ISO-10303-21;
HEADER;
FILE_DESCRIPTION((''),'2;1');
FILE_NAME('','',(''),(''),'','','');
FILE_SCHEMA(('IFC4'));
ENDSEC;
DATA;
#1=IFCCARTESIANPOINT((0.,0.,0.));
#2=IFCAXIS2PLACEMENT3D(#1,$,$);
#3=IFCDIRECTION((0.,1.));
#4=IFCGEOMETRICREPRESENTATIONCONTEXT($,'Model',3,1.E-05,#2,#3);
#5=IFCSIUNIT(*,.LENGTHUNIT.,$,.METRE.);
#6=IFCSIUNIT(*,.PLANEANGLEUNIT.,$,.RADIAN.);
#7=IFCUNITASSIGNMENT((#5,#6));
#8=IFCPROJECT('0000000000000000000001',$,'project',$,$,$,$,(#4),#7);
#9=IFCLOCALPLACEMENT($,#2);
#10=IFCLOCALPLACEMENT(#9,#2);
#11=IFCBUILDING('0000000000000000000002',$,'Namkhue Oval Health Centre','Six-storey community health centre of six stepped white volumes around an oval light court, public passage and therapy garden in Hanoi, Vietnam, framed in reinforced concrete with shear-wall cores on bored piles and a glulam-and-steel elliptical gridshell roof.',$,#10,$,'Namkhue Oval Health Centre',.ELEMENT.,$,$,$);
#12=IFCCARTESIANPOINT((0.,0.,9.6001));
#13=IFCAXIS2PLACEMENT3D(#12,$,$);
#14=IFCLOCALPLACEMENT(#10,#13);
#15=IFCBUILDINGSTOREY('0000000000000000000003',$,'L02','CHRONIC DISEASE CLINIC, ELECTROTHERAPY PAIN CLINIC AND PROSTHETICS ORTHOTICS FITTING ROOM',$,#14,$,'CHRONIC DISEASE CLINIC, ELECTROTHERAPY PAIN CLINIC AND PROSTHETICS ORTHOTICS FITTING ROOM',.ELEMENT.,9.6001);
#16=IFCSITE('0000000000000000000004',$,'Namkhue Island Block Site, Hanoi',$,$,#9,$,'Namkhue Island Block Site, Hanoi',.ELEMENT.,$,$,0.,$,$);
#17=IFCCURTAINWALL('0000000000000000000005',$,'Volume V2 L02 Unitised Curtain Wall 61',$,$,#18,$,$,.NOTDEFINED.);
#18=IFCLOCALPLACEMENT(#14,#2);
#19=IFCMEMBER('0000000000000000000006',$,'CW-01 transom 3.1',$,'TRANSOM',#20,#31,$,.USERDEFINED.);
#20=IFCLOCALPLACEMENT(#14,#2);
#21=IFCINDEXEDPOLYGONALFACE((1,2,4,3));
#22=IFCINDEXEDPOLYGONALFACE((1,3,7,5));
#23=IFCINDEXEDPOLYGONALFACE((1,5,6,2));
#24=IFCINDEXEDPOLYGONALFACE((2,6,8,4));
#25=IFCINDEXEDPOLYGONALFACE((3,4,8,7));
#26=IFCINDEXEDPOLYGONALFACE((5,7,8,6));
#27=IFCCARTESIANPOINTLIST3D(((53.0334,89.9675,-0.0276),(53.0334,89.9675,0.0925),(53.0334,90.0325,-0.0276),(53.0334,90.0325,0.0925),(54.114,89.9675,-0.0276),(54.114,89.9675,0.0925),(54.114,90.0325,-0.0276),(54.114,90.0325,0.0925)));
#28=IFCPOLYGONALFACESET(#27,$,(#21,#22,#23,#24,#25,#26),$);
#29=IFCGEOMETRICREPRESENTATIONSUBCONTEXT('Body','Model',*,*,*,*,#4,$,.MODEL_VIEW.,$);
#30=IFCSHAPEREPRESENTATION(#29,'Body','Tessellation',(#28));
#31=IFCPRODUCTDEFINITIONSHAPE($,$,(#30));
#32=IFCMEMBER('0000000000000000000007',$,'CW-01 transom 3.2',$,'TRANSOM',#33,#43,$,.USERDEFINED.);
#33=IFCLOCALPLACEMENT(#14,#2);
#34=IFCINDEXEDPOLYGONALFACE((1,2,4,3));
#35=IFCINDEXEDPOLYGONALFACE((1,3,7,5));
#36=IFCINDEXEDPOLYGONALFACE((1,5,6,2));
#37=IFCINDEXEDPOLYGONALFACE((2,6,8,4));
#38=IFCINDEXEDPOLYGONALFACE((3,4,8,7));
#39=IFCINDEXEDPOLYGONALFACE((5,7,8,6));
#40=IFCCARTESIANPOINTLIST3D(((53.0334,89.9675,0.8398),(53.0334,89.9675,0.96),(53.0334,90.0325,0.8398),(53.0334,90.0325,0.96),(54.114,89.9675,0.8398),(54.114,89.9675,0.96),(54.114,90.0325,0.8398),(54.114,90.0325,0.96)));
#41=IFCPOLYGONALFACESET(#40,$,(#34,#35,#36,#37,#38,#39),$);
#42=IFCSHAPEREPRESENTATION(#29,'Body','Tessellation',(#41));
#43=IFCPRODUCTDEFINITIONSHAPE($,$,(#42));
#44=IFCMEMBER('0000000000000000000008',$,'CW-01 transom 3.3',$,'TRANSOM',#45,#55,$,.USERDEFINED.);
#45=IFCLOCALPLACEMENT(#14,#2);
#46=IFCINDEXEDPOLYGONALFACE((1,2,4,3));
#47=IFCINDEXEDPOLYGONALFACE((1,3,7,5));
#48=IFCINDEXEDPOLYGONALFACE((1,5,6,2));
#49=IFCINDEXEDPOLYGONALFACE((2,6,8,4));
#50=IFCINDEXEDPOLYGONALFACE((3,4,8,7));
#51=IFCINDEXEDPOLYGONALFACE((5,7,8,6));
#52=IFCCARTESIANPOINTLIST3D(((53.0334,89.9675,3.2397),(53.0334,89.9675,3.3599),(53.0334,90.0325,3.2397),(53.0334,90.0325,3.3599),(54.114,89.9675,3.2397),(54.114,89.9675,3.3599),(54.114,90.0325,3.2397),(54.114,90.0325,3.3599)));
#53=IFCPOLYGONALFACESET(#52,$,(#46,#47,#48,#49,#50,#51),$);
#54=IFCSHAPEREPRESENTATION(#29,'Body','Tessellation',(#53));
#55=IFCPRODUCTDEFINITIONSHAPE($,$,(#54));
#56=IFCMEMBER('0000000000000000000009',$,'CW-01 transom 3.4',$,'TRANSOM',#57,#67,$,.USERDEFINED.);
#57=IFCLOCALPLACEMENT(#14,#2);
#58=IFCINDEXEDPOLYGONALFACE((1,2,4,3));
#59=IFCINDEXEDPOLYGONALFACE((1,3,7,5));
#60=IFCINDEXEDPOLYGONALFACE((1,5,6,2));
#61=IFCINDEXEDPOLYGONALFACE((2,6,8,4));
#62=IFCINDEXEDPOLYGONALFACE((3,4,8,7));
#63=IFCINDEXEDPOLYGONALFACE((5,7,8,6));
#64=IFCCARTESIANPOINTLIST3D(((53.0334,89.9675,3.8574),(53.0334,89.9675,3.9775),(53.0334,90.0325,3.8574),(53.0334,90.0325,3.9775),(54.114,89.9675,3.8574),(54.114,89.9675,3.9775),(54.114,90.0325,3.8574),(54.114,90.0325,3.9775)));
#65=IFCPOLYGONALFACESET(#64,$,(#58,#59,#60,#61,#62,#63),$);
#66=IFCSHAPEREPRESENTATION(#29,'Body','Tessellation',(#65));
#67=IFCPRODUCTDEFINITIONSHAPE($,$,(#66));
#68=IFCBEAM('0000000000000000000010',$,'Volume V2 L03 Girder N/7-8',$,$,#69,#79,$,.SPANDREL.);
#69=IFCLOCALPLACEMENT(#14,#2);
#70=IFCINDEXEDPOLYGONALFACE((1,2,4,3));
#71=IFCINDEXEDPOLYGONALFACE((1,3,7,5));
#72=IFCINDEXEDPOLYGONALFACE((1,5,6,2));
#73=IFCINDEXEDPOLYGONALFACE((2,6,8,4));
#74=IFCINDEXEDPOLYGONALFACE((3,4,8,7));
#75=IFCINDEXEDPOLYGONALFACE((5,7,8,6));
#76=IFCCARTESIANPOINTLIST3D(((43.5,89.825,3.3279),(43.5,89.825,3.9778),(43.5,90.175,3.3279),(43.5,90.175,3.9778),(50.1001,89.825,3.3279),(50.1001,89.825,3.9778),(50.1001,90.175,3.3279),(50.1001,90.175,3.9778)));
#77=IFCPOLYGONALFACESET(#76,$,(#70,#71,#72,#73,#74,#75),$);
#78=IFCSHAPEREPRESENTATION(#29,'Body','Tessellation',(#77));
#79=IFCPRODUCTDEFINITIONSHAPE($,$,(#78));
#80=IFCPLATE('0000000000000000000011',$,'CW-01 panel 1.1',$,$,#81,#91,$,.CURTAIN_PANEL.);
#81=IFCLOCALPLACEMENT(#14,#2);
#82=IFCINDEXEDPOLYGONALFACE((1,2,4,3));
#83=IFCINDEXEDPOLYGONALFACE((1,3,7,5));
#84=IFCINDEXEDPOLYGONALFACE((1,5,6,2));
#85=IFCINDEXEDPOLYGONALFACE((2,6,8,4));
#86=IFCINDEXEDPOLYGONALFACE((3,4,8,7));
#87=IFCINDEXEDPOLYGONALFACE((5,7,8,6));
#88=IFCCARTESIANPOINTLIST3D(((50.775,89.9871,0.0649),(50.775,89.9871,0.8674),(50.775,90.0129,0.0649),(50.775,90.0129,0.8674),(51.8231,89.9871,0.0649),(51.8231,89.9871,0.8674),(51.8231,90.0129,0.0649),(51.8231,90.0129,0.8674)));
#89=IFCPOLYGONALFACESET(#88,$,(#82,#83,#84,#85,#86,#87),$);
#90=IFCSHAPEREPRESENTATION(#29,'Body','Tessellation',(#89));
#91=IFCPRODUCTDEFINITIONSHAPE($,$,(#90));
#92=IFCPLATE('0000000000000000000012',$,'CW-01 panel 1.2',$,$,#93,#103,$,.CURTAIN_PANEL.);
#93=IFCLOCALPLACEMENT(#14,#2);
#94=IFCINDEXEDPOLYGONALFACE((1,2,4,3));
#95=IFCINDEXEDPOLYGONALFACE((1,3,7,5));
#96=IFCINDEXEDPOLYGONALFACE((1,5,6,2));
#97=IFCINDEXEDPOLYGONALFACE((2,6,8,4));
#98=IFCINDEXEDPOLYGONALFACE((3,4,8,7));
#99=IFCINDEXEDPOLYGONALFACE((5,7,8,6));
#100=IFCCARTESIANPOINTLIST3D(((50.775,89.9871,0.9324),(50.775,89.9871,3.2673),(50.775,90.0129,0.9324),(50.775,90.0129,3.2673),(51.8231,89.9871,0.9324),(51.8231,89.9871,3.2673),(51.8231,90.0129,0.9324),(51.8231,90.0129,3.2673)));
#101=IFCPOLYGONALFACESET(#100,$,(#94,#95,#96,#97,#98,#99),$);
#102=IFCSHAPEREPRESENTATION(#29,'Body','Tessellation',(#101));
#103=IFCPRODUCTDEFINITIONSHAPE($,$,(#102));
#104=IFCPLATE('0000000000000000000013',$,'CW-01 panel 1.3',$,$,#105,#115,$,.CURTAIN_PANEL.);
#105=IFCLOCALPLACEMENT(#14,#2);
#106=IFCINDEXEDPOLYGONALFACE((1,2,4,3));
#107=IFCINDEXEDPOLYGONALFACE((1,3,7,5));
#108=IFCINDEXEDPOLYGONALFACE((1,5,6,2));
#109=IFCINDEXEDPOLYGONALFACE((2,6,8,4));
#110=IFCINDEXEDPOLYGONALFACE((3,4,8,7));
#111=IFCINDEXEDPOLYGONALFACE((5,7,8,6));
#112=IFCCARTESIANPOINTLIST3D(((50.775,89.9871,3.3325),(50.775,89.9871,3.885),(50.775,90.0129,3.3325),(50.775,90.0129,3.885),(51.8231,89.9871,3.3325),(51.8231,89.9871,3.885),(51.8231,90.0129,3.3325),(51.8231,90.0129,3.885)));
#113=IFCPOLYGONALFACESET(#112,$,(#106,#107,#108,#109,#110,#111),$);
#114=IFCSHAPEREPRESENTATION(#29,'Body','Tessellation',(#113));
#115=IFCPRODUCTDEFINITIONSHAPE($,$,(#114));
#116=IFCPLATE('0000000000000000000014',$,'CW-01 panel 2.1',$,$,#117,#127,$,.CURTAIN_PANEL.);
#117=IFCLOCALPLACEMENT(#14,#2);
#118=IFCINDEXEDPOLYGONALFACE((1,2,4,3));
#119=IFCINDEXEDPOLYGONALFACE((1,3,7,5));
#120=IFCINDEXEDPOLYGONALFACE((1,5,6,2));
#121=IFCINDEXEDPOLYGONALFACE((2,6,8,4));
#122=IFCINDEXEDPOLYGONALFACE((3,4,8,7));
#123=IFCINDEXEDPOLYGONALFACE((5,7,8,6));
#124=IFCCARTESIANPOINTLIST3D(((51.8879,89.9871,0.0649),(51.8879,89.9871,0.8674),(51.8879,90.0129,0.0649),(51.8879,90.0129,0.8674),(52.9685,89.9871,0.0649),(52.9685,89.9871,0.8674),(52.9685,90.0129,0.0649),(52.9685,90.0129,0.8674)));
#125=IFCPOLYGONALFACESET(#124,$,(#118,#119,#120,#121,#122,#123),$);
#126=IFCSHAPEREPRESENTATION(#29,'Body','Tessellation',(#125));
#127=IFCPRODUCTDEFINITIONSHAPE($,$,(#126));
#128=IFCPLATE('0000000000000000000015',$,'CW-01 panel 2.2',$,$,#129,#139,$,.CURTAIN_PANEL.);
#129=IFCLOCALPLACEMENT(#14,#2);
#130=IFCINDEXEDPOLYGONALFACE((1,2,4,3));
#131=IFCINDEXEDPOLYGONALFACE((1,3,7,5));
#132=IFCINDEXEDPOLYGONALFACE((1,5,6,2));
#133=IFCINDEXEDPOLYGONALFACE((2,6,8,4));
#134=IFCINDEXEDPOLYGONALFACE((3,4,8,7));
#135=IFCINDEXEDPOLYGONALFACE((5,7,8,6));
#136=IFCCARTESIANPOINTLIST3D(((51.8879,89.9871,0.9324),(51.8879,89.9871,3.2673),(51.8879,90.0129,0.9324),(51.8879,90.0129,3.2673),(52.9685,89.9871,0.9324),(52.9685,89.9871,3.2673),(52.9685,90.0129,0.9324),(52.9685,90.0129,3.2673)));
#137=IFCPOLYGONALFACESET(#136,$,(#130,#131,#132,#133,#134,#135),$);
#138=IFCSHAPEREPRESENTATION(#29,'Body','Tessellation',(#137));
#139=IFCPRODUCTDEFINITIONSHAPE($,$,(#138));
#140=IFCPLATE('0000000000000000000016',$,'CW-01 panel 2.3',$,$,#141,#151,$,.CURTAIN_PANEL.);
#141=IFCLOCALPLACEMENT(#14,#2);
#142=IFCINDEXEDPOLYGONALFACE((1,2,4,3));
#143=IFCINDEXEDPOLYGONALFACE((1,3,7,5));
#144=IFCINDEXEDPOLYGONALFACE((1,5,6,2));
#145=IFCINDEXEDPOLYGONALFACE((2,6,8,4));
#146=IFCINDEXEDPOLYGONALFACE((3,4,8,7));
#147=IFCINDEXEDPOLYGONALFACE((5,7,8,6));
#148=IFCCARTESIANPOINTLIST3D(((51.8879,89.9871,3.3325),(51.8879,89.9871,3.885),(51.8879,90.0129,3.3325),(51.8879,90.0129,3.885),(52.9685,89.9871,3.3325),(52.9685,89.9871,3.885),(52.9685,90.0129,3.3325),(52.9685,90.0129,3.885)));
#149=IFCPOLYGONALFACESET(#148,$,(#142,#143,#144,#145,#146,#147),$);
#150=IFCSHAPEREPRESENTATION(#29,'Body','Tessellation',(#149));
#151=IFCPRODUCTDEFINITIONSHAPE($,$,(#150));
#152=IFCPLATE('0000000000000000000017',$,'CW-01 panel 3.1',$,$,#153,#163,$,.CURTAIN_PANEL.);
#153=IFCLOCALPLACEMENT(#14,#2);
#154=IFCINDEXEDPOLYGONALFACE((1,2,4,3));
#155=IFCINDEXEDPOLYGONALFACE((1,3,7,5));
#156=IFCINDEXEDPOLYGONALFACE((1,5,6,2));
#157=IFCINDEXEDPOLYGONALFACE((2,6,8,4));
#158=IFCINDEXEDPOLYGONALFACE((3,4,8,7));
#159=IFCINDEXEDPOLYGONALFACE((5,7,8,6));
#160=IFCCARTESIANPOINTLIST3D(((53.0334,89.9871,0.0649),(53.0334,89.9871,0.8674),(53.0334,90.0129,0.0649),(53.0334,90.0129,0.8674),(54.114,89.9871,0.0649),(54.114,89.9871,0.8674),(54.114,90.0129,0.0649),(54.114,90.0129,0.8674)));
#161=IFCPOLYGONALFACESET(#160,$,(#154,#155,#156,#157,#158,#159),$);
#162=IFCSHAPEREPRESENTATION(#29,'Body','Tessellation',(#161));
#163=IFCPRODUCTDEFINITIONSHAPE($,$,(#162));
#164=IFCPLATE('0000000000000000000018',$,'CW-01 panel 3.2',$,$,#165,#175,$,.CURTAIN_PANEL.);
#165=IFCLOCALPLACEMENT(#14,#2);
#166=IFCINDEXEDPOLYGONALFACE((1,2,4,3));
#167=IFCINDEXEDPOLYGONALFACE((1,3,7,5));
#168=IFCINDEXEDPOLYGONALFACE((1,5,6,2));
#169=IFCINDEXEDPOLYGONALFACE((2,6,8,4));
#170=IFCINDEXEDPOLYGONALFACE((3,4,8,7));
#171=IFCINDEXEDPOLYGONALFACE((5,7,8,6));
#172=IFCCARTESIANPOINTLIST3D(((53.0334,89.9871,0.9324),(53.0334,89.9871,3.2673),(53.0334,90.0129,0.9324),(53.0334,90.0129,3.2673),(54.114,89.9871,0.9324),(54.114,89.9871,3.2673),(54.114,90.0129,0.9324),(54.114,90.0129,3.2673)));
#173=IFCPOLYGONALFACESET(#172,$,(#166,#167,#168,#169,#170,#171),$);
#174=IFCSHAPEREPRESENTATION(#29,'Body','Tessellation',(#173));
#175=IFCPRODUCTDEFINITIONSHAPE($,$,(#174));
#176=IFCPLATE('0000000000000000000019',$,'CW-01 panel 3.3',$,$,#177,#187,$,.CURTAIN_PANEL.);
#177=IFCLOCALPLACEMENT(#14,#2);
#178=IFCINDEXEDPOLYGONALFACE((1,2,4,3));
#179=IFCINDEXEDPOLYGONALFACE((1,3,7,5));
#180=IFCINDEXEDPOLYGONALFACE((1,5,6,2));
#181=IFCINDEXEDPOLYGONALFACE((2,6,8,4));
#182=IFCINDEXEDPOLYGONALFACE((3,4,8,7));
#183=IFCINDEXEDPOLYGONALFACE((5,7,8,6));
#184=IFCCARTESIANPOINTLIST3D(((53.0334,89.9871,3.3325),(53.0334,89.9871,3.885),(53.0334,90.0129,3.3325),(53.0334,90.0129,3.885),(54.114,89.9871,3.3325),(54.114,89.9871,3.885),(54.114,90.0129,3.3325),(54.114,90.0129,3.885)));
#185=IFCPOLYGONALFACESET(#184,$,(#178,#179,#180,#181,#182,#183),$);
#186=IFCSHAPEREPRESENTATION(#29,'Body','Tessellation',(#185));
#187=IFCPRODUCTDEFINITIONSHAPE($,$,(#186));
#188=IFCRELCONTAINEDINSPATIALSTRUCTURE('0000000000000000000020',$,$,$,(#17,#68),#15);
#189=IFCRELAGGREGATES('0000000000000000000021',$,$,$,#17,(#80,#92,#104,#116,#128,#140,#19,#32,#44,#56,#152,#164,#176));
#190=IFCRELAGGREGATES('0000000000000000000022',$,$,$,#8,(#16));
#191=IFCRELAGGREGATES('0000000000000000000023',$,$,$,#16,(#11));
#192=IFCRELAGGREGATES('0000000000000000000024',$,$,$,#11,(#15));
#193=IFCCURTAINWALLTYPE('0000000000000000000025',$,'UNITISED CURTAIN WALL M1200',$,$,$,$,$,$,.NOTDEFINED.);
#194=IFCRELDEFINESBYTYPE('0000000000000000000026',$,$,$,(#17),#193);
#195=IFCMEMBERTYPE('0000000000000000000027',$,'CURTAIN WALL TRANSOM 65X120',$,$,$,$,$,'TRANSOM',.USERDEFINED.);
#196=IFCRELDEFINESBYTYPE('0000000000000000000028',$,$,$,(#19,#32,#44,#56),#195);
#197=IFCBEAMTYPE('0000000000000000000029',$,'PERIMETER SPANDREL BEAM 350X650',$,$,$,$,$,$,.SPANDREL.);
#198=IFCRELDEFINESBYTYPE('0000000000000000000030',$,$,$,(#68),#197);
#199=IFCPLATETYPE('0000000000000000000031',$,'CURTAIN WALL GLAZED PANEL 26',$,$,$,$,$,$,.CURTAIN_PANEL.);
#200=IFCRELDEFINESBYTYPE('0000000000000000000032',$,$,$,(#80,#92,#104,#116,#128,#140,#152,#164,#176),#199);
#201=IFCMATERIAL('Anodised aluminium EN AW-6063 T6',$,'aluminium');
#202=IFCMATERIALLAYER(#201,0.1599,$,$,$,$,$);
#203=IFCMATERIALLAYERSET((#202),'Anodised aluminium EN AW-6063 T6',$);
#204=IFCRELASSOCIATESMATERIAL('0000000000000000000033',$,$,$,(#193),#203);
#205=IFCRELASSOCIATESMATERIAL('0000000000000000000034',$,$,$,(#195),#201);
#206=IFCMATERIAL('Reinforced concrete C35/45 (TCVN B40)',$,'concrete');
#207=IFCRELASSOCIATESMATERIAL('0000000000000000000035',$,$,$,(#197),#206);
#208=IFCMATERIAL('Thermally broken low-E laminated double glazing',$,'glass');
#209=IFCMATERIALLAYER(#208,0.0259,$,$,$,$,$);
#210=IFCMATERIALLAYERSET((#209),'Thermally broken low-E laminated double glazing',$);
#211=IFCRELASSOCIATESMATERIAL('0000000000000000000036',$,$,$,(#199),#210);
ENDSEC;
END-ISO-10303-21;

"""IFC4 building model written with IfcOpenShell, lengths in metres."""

from ifc_helpers import new_model, si_unit, direction, frame, origin, origin_2d, place, context, subcontext, project, spatial, rectangle, extrude, material, layer, layer_set, material_profile, profile_set, type_object, element, aggregate, save


model = new_model("IFC4")

# Units and contexts
model_context = context("Model", 3, precision=1e-05, world=origin(), true_north=direction((0.0, 1.0)))
body_context = subcontext(model_context, "Body", "Model", "MODEL_VIEW")
ifc_project = project(units=[si_unit("LENGTHUNIT", "METRE"), si_unit("PLANEANGLEUNIT", "RADIAN")], contexts=[model_context])

# Site, building, storey
site_placement = place(None, origin())
site = spatial("IfcSite", under=ifc_project, at=site_placement, Name="Namkhue Island Block Site, Hanoi", LongName="Namkhue Island Block Site, Hanoi", CompositionType="ELEMENT", RefElevation=0.0)
building_placement = place(site_placement, origin())
building = spatial("IfcBuilding", under=site, at=building_placement, Name="Namkhue Oval Health Centre", Description="Six-storey community health centre of six stepped white volumes around an oval light court, public passage and therapy garden in Hanoi, Vietnam, framed in reinforced concrete with shear-wall cores on bored piles and a glulam-and-steel elliptical gridshell roof.", LongName="Namkhue Oval Health Centre", CompositionType="ELEMENT")
storey_placement = place(building_placement, frame((0.0, 0.0, 9.6001)))
storey = spatial("IfcBuildingStorey", under=building, at=storey_placement, Name="L02", Description="CHRONIC DISEASE CLINIC, ELECTROTHERAPY PAIN CLINIC AND PROSTHETICS ORTHOTICS FITTING ROOM", LongName="CHRONIC DISEASE CLINIC, ELECTROTHERAPY PAIN CLINIC AND PROSTHETICS ORTHOTICS FITTING ROOM", CompositionType="ELEMENT", Elevation=9.6001)

# Shared definitions
ifc_material_1 = material(Name="Reinforced concrete C35/45 (TCVN B40)", Category="concrete")

# Curtain wall, members
ifc_material_2 = material(Name="Anodised aluminium EN AW-6063 T6", Category="aluminium")
ifc_layer_1 = layer(ifc_material_2, 0.1599)
ifc_layer_set_1 = layer_set([ifc_layer_1], Name="Anodised aluminium EN AW-6063 T6")
curtain_wall_type = type_object("IfcCurtainWallType", Name="UNITISED CURTAIN WALL M1200", PredefinedType="NOTDEFINED", material=ifc_layer_set_1)
curtain_wall_placement = place(storey_placement, origin())
curtain_wall = element("IfcCurtainWall", 1, at=curtain_wall_placement, inside=storey, type_object=curtain_wall_type, Name="Volume V2 L02 Unitised Curtain Wall 61", PredefinedType="NOTDEFINED")
ifc_material_profile_1 = material_profile(ifc_material_2, rectangle(XDim=0.0649, YDim=0.1201, at=origin_2d()), Name="ALU 65x120")
ifc_profile_set_1 = profile_set([ifc_material_profile_1], Name="Anodised aluminium EN AW-6063 T6")
member_type_1 = type_object("IfcMemberType", Name="CURTAIN WALL TRANSOM 65X120", ElementType="TRANSOM", PredefinedType="USERDEFINED", material=ifc_profile_set_1)
member_1_placement = place(storey_placement, frame((53.0334, 90.0, 0.0325), z_axis=(1.0, 0.0, 0.0), x_axis=(0.0, 1.0, 0.0)))
member_1 = element("IfcMember", 2, at=member_1_placement, type_object=member_type_1, Name="CW-01 transom 3.1", ObjectType="TRANSOM", PredefinedType="USERDEFINED", context=body_context, shape_type="SweptSolid", body=[
    extrude(rectangle(XDim=0.0649, YDim=0.1201, at=origin_2d()), origin(), (0.0, 0.0, 1.0), 1.0806),
])
member_2_placement = place(storey_placement, frame((53.0334, 90.0, 0.8999), z_axis=(1.0, 0.0, 0.0), x_axis=(0.0, 1.0, 0.0)))
member_2 = element("IfcMember", 3, at=member_2_placement, type_object=member_type_1, Name="CW-01 transom 3.2", ObjectType="TRANSOM", PredefinedType="USERDEFINED", context=body_context, shape_type="SweptSolid", body=[
    extrude(rectangle(XDim=0.0649, YDim=0.1201, at=origin_2d()), origin(), (0.0, 0.0, 1.0), 1.0806),
])
member_3_placement = place(storey_placement, frame((53.0334, 90.0, 3.2998), z_axis=(1.0, 0.0, 0.0), x_axis=(0.0, 1.0, 0.0)))
member_3 = element("IfcMember", 4, at=member_3_placement, type_object=member_type_1, Name="CW-01 transom 3.3", ObjectType="TRANSOM", PredefinedType="USERDEFINED", context=body_context, shape_type="SweptSolid", body=[
    extrude(rectangle(XDim=0.0649, YDim=0.1201, at=origin_2d()), origin(), (0.0, 0.0, 1.0), 1.0806),
])
member_4_placement = place(storey_placement, frame((53.0334, 90.0, 3.9175), z_axis=(1.0, 0.0, 0.0), x_axis=(0.0, 1.0, 0.0)))
member_4 = element("IfcMember", 5, at=member_4_placement, type_object=member_type_1, Name="CW-01 transom 3.4", ObjectType="TRANSOM", PredefinedType="USERDEFINED", context=body_context, shape_type="SweptSolid", body=[
    extrude(rectangle(XDim=0.0649, YDim=0.1201, at=origin_2d()), origin(), (0.0, 0.0, 1.0), 1.0806),
])

# Beam
ifc_material_profile_2 = material_profile(ifc_material_1, rectangle(XDim=0.3501, YDim=0.6499, at=origin_2d()), Name="RC 350x650")
ifc_profile_set_2 = profile_set([ifc_material_profile_2], Name="Reinforced concrete C35/45 (TCVN B40)")
beam_type = type_object("IfcBeamType", Name="PERIMETER SPANDREL BEAM 350X650", PredefinedType="SPANDREL", material=ifc_profile_set_2)
beam_placement = place(storey_placement, frame((43.5, 90.0, 3.6528), z_axis=(1.0, 0.0, 0.0), x_axis=(0.0, 1.0, 0.0)))
element("IfcBeam", 6, at=beam_placement, inside=storey, type_object=beam_type, Name="Volume V2 L03 Girder N/7-8", PredefinedType="SPANDREL", context=body_context, shape_type="SweptSolid", body=[
    extrude(rectangle(XDim=0.3501, YDim=0.6499, at=origin_2d()), origin(), (0.0, 0.0, 1.0), 6.6001),
])

# Plates
ifc_material_3 = material(Name="Thermally broken low-E laminated double glazing", Category="glass")
ifc_layer_2 = layer(ifc_material_3, 0.0259)
ifc_layer_set_2 = layer_set([ifc_layer_2], Name="Thermally broken low-E laminated double glazing")
plate_type = type_object("IfcPlateType", Name="CURTAIN WALL GLAZED PANEL 26", PredefinedType="CURTAIN_PANEL", material=ifc_layer_set_2)
plate_1_placement = place(storey_placement, frame((51.2991, 90.0, 0.0649), z_axis=(0.0, 0.0, 1.0), x_axis=(1.0, 0.0, 0.0)))
plate_1 = element("IfcPlate", 7, at=plate_1_placement, type_object=plate_type, Name="CW-01 panel 1.1", PredefinedType="CURTAIN_PANEL", context=body_context, shape_type="SweptSolid", body=[
    extrude(rectangle(XDim=1.0481, YDim=0.0259, at=origin_2d()), origin(), (0.0, 0.0, 1.0), 0.8025),
])
plate_2_placement = place(storey_placement, frame((51.2991, 90.0, 0.9324), z_axis=(0.0, 0.0, 1.0), x_axis=(1.0, 0.0, 0.0)))
plate_2 = element("IfcPlate", 8, at=plate_2_placement, type_object=plate_type, Name="CW-01 panel 1.2", PredefinedType="CURTAIN_PANEL", context=body_context, shape_type="SweptSolid", body=[
    extrude(rectangle(XDim=1.0481, YDim=0.0259, at=origin_2d()), origin(), (0.0, 0.0, 1.0), 2.335),
])
plate_3_placement = place(storey_placement, frame((51.2991, 90.0, 3.3325), z_axis=(0.0, 0.0, 1.0), x_axis=(1.0, 0.0, 0.0)))
plate_3 = element("IfcPlate", 9, at=plate_3_placement, type_object=plate_type, Name="CW-01 panel 1.3", PredefinedType="CURTAIN_PANEL", context=body_context, shape_type="SweptSolid", body=[
    extrude(rectangle(XDim=1.0481, YDim=0.0259, at=origin_2d()), origin(), (0.0, 0.0, 1.0), 0.5525),
])
plate_4_placement = place(storey_placement, frame((52.4282, 90.0, 0.0649), z_axis=(0.0, 0.0, 1.0), x_axis=(1.0, 0.0, 0.0)))
plate_4 = element("IfcPlate", 10, at=plate_4_placement, type_object=plate_type, Name="CW-01 panel 2.1", PredefinedType="CURTAIN_PANEL", context=body_context, shape_type="SweptSolid", body=[
    extrude(rectangle(XDim=1.0806, YDim=0.0259, at=origin_2d()), origin(), (0.0, 0.0, 1.0), 0.8025),
])
plate_5_placement = place(storey_placement, frame((52.4282, 90.0, 0.9324), z_axis=(0.0, 0.0, 1.0), x_axis=(1.0, 0.0, 0.0)))
plate_5 = element("IfcPlate", 11, at=plate_5_placement, type_object=plate_type, Name="CW-01 panel 2.2", PredefinedType="CURTAIN_PANEL", context=body_context, shape_type="SweptSolid", body=[
    extrude(rectangle(XDim=1.0806, YDim=0.0259, at=origin_2d()), origin(), (0.0, 0.0, 1.0), 2.335),
])
plate_6_placement = place(storey_placement, frame((52.4282, 90.0, 3.3325), z_axis=(0.0, 0.0, 1.0), x_axis=(1.0, 0.0, 0.0)))
plate_6 = element("IfcPlate", 12, at=plate_6_placement, type_object=plate_type, Name="CW-01 panel 2.3", PredefinedType="CURTAIN_PANEL", context=body_context, shape_type="SweptSolid", body=[
    extrude(rectangle(XDim=1.0806, YDim=0.0259, at=origin_2d()), origin(), (0.0, 0.0, 1.0), 0.5525),
])
plate_7_placement = place(storey_placement, frame((53.5737, 90.0, 0.0649), z_axis=(0.0, 0.0, 1.0), x_axis=(1.0, 0.0, 0.0)))
plate_7 = element("IfcPlate", 13, at=plate_7_placement, type_object=plate_type, Name="CW-01 panel 3.1", PredefinedType="CURTAIN_PANEL", context=body_context, shape_type="SweptSolid", body=[
    extrude(rectangle(XDim=1.0806, YDim=0.0259, at=origin_2d()), origin(), (0.0, 0.0, 1.0), 0.8025),
])
plate_8_placement = place(storey_placement, frame((53.5737, 90.0, 0.9324), z_axis=(0.0, 0.0, 1.0), x_axis=(1.0, 0.0, 0.0)))
plate_8 = element("IfcPlate", 14, at=plate_8_placement, type_object=plate_type, Name="CW-01 panel 3.2", PredefinedType="CURTAIN_PANEL", context=body_context, shape_type="SweptSolid", body=[
    extrude(rectangle(XDim=1.0806, YDim=0.0259, at=origin_2d()), origin(), (0.0, 0.0, 1.0), 2.335),
])
plate_9_placement = place(storey_placement, frame((53.5737, 90.0, 3.3325), z_axis=(0.0, 0.0, 1.0), x_axis=(1.0, 0.0, 0.0)))
plate_9 = element("IfcPlate", 15, at=plate_9_placement, type_object=plate_type, Name="CW-01 panel 3.3", PredefinedType="CURTAIN_PANEL", context=body_context, shape_type="SweptSolid", body=[
    extrude(rectangle(XDim=1.0806, YDim=0.0259, at=origin_2d()), origin(), (0.0, 0.0, 1.0), 0.5525),
])
aggregate(curtain_wall, [plate_1, plate_2, plate_3, plate_4, plate_5, plate_6, member_1, member_2, member_3, member_4, plate_7, plate_8, plate_9])

save(model, "model.ifc")
